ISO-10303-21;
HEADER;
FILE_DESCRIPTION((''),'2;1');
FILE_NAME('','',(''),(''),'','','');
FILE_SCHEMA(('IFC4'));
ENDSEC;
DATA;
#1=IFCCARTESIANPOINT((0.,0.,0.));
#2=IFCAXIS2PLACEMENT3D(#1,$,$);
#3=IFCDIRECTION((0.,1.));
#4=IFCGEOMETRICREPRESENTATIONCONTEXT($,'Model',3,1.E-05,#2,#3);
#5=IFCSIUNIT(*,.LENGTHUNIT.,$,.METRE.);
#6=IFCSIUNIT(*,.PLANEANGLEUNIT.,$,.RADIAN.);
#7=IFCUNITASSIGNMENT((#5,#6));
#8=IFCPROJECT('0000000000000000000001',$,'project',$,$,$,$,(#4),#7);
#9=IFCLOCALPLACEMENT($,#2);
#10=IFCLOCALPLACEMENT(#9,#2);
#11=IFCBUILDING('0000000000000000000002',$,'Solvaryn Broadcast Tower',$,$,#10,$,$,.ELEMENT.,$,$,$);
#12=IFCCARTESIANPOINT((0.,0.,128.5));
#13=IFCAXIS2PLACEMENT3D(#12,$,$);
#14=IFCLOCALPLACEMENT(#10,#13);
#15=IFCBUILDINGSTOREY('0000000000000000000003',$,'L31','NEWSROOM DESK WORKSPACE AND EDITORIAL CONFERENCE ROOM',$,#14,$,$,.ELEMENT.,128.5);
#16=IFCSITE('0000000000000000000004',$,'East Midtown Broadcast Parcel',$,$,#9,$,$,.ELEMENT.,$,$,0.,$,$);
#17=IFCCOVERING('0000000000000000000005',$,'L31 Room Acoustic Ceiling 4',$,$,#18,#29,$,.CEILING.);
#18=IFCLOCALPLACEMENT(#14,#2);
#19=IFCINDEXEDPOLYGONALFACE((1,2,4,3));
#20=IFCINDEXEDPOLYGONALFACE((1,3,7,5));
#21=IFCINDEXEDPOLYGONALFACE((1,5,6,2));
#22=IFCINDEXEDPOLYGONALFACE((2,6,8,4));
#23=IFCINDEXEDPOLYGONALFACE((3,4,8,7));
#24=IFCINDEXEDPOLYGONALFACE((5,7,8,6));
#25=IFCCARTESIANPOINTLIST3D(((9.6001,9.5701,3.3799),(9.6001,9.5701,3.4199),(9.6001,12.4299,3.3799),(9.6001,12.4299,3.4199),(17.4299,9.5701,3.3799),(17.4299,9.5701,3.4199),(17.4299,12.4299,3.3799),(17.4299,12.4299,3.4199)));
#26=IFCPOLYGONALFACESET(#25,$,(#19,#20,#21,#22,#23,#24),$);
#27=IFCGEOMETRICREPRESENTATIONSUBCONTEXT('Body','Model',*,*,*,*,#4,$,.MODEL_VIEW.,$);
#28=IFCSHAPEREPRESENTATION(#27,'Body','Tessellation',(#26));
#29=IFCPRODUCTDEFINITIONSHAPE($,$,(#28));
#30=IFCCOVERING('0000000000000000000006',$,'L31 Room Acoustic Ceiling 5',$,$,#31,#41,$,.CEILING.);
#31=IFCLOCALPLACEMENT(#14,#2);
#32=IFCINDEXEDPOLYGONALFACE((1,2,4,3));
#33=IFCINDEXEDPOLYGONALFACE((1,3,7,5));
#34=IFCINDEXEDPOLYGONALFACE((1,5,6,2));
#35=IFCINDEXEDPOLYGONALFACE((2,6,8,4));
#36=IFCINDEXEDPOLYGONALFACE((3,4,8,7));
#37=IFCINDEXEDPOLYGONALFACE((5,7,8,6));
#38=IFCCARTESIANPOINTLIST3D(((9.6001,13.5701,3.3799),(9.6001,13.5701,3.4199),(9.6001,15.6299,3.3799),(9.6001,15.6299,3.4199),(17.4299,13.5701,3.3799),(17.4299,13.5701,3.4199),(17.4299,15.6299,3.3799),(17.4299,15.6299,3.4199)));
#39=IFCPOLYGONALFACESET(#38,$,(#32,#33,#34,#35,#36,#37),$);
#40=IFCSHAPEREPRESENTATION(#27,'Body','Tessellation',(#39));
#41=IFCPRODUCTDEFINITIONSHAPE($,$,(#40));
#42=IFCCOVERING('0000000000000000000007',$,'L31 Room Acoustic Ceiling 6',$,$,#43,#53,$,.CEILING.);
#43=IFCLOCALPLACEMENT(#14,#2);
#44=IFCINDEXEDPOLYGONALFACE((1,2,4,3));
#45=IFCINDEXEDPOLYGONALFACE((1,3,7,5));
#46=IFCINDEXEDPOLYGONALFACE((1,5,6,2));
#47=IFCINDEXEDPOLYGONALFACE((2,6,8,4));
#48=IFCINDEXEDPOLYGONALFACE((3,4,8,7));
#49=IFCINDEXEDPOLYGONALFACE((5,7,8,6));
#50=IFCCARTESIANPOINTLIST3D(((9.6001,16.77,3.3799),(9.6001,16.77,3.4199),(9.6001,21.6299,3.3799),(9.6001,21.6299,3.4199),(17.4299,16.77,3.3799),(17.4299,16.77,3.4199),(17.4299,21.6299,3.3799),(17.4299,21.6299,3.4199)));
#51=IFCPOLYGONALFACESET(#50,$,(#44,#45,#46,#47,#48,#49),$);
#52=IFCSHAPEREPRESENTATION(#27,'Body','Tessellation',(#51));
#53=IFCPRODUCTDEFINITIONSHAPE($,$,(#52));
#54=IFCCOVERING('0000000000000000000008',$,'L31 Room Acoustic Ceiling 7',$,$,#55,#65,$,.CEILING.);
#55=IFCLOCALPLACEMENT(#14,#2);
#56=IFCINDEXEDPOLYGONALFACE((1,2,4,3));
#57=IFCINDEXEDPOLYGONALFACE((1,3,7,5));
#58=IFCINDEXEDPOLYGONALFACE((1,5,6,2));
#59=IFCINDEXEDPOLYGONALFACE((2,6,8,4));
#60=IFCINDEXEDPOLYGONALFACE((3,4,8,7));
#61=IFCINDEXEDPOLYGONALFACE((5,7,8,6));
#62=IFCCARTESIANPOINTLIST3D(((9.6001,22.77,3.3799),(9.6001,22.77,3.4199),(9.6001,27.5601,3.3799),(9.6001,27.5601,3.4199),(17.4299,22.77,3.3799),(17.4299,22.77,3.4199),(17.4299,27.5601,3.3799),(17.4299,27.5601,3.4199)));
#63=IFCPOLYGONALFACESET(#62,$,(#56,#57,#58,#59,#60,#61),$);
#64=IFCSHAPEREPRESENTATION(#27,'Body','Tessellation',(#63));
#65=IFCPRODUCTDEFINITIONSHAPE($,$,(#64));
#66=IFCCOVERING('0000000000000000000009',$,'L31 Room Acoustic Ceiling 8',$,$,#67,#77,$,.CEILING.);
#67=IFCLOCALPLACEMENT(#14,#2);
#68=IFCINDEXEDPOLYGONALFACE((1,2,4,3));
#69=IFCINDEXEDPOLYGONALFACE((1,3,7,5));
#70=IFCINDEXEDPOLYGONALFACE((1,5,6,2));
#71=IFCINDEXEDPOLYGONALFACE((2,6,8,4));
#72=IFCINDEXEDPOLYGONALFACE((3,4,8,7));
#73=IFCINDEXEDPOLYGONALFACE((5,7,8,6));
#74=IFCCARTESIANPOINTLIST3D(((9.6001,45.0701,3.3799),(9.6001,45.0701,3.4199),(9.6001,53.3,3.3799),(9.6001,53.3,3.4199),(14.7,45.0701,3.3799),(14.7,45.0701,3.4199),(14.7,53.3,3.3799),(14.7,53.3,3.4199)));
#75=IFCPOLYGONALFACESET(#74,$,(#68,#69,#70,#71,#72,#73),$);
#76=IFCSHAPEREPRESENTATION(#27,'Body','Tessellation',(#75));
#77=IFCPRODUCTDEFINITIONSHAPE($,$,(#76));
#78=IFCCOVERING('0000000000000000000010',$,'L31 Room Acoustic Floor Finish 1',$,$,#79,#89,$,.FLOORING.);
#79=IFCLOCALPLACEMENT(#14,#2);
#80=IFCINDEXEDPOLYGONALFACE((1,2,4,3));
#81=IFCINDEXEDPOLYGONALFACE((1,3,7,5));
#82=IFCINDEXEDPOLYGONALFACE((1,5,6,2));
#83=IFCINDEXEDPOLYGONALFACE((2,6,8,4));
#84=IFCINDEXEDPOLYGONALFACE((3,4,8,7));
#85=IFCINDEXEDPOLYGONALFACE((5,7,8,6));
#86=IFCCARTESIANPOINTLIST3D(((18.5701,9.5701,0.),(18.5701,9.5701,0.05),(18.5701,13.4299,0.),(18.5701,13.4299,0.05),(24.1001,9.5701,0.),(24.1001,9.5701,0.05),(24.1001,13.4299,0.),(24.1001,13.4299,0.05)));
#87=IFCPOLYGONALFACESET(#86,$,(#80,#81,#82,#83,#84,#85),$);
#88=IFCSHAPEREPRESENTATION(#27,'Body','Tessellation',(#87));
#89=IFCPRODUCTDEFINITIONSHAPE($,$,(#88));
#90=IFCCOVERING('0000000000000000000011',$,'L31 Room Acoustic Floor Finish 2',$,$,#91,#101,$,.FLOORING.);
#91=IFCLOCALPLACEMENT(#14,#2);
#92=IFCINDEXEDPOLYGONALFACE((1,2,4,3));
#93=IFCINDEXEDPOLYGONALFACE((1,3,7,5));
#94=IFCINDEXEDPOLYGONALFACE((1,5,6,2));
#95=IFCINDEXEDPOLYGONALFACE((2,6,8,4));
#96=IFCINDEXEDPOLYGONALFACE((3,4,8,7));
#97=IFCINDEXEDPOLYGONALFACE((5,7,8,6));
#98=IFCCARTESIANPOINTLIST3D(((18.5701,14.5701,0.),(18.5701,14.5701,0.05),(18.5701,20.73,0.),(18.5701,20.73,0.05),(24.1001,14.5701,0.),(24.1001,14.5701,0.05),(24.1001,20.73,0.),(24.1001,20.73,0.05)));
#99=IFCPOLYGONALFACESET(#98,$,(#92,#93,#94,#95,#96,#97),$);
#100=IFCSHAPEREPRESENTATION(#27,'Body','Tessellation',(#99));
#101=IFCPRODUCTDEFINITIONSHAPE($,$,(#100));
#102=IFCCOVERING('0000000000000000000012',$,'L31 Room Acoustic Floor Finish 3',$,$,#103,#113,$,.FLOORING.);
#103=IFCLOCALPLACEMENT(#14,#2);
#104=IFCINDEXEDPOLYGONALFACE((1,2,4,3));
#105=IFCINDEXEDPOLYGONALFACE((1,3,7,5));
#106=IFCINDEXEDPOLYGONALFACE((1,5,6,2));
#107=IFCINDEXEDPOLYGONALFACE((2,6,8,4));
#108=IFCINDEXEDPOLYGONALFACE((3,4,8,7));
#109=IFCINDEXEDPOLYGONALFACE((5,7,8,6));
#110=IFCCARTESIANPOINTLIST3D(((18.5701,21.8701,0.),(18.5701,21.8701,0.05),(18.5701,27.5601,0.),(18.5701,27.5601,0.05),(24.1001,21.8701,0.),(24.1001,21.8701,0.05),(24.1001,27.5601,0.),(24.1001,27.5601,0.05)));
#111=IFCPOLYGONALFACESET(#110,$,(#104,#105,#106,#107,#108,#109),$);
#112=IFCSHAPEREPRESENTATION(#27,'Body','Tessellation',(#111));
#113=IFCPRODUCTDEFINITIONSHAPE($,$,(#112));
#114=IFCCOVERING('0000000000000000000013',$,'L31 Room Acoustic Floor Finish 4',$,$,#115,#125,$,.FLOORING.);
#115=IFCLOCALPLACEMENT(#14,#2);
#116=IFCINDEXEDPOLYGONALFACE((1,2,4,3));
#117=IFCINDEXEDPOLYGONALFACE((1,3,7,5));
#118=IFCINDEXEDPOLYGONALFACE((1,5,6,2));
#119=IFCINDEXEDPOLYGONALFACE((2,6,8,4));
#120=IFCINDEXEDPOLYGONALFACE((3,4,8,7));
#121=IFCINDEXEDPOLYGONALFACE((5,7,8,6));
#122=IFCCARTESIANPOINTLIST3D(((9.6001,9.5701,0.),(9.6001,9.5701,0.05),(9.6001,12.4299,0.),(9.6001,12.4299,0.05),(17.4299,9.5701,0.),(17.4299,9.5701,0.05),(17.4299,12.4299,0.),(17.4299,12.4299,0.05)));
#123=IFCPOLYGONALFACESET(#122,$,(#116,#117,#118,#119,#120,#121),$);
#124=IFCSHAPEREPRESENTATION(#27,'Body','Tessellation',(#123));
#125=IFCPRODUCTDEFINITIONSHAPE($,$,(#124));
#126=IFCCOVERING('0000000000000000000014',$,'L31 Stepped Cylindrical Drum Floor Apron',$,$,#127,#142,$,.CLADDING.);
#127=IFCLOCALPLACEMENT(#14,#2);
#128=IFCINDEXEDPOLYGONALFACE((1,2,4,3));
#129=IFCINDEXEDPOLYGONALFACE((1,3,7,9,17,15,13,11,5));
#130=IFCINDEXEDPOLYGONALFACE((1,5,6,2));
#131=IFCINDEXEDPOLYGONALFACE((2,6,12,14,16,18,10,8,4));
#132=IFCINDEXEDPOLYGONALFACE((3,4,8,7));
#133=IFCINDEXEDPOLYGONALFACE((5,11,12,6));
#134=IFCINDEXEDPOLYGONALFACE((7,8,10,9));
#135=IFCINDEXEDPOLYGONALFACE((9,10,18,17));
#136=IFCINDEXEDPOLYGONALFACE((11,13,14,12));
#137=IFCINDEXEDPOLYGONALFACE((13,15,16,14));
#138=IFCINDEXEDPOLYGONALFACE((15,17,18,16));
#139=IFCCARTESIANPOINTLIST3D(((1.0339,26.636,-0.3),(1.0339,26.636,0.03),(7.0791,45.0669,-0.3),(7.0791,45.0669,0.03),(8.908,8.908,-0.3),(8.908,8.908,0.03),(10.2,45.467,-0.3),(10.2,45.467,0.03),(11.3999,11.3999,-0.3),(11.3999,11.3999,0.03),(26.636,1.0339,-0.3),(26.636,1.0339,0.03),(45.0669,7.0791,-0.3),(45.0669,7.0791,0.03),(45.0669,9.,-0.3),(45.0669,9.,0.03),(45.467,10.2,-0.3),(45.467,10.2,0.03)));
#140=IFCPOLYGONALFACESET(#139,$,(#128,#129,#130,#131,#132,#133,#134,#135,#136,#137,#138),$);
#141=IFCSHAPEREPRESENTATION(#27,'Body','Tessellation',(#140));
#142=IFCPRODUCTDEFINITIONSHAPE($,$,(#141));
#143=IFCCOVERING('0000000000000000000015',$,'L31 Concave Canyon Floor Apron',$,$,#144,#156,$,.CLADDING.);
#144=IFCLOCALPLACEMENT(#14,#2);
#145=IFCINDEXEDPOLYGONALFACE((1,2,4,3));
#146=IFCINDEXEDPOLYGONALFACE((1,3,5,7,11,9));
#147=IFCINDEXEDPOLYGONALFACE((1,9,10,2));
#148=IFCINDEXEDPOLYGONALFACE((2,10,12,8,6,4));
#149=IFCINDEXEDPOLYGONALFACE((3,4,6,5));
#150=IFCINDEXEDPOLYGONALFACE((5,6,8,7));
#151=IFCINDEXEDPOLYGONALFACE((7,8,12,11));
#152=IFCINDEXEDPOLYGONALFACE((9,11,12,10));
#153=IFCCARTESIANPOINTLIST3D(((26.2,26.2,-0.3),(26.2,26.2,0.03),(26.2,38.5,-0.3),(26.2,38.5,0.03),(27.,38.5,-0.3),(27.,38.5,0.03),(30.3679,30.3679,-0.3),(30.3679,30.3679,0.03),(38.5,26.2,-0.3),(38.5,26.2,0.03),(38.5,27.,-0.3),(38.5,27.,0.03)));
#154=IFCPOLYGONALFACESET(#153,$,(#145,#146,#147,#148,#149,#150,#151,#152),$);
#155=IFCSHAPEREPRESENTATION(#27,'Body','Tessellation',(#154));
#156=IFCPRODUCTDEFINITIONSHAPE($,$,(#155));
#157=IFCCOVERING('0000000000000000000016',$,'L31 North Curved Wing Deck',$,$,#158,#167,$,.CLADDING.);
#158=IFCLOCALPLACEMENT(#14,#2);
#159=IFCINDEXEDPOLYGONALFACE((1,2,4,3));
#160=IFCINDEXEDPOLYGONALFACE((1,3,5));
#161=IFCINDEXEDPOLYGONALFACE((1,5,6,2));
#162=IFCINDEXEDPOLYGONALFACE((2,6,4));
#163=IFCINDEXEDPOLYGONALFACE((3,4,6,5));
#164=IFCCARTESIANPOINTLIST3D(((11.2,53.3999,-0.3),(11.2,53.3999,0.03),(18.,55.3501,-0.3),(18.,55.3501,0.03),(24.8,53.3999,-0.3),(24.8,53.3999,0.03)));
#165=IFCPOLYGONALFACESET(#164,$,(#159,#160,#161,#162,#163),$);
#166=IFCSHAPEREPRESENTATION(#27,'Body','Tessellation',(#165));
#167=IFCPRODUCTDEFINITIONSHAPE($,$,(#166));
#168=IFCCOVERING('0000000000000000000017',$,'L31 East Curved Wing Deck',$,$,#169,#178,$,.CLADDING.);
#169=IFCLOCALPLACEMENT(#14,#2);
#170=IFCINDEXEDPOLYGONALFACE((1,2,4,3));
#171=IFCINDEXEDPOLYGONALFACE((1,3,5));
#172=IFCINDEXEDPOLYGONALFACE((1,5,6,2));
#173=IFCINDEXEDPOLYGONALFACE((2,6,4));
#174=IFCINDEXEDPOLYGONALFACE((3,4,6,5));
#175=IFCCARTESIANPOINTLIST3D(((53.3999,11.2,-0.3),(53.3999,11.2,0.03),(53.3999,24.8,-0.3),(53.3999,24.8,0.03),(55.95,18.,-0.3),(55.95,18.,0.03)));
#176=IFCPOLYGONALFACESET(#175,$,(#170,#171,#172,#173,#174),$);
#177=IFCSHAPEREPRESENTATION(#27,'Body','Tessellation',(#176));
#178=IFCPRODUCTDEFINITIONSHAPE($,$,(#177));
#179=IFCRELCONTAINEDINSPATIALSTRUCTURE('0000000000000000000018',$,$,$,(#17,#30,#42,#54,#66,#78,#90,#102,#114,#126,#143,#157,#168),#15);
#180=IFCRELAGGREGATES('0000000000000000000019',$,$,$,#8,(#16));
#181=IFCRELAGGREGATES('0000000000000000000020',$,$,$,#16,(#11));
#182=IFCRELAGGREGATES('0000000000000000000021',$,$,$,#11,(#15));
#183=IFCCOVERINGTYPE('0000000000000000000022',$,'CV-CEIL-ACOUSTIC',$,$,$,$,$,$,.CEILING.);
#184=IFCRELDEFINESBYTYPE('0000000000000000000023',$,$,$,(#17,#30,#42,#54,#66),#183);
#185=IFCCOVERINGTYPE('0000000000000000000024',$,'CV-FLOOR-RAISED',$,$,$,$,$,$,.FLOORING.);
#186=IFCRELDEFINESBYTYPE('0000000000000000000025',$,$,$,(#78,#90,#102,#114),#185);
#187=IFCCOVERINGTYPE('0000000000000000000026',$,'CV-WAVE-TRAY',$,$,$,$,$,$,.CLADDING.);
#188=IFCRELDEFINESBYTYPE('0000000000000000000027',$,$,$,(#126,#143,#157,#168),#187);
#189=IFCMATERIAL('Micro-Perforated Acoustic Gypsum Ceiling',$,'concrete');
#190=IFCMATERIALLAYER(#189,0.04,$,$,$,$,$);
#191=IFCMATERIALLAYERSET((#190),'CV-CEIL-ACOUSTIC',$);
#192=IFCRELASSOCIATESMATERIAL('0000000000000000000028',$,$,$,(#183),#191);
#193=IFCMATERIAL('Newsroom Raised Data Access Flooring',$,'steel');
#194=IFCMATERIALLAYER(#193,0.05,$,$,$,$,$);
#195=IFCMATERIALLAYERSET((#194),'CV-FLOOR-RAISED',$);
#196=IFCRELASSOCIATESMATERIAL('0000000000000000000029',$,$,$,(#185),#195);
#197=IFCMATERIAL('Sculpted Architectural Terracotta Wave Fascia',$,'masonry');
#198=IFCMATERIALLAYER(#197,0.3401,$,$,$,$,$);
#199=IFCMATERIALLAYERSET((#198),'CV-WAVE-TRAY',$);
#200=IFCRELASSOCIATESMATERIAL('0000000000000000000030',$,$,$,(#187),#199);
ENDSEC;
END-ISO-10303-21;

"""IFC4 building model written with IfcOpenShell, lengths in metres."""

from ifc_helpers import new_model, si_unit, direction, frame, origin, place, context, subcontext, project, spatial, polyline, outline, extrude, material, layer, layer_set, type_object, element, save


model = new_model("IFC4")

# Units and contexts
model_context = context("Model", 3, precision=1e-05, world=origin(), true_north=direction((0.0, 1.0)))
body_context = subcontext(model_context, "Body", "Model", "MODEL_VIEW")
ifc_project = project(units=[si_unit("LENGTHUNIT", "METRE"), si_unit("PLANEANGLEUNIT", "RADIAN")], contexts=[model_context])

# Site, building, storey
site_placement = place(None, origin())
site = spatial("IfcSite", under=ifc_project, at=site_placement, Name="East Midtown Broadcast Parcel", CompositionType="ELEMENT", RefElevation=0.0)
building_placement = place(site_placement, origin())
building = spatial("IfcBuilding", under=site, at=building_placement, Name="Solvaryn Broadcast Tower", CompositionType="ELEMENT")
storey_placement = place(building_placement, frame((0.0, 0.0, 128.5)))
storey = spatial("IfcBuildingStorey", under=building, at=storey_placement, Name="L31", Description="NEWSROOM DESK WORKSPACE AND EDITORIAL CONFERENCE ROOM", CompositionType="ELEMENT", Elevation=128.5)

# Coverings
ifc_material_1 = material(Name="Micro-Perforated Acoustic Gypsum Ceiling", Category="concrete")
ifc_layer_1 = layer(ifc_material_1, 0.04)
ifc_layer_set_1 = layer_set([ifc_layer_1], Name="CV-CEIL-ACOUSTIC")
covering_type_1 = type_object("IfcCoveringType", Name="CV-CEIL-ACOUSTIC", PredefinedType="CEILING", material=ifc_layer_set_1)
covering_1_placement = place(storey_placement, frame((0.0, 0.0, 3.3799)))
element("IfcCovering", 1, at=covering_1_placement, inside=storey, type_object=covering_type_1, Name="L31 Room Acoustic Ceiling 4", PredefinedType="CEILING", context=body_context, shape_type="SweptSolid", body=[
    extrude(outline(polyline([(9.6001, 9.5701), (17.4299, 9.5701), (17.4299, 12.4299), (9.6001, 12.4299), (9.6001, 9.5701)])), origin(), (0.0, 0.0, 1.0), 0.04),
])
covering_2_placement = place(storey_placement, frame((0.0, 0.0, 3.3799)))
element("IfcCovering", 2, at=covering_2_placement, inside=storey, type_object=covering_type_1, Name="L31 Room Acoustic Ceiling 5", PredefinedType="CEILING", context=body_context, shape_type="SweptSolid", body=[
    extrude(outline(polyline([(9.6001, 13.5701), (17.4299, 13.5701), (17.4299, 15.6299), (9.6001, 15.6299), (9.6001, 13.5701)])), origin(), (0.0, 0.0, 1.0), 0.04),
])
covering_3_placement = place(storey_placement, frame((0.0, 0.0, 3.3799)))
element("IfcCovering", 3, at=covering_3_placement, inside=storey, type_object=covering_type_1, Name="L31 Room Acoustic Ceiling 6", PredefinedType="CEILING", context=body_context, shape_type="SweptSolid", body=[
    extrude(outline(polyline([(9.6001, 16.77), (17.4299, 16.77), (17.4299, 21.6299), (9.6001, 21.6299), (9.6001, 16.77)])), origin(), (0.0, 0.0, 1.0), 0.04),
])
covering_4_placement = place(storey_placement, frame((0.0, 0.0, 3.3799)))
element("IfcCovering", 4, at=covering_4_placement, inside=storey, type_object=covering_type_1, Name="L31 Room Acoustic Ceiling 7", PredefinedType="CEILING", context=body_context, shape_type="SweptSolid", body=[
    extrude(outline(polyline([(9.6001, 22.77), (17.4299, 22.77), (17.4299, 27.5601), (9.6001, 27.5601), (9.6001, 22.77)])), origin(), (0.0, 0.0, 1.0), 0.04),
])
covering_5_placement = place(storey_placement, frame((0.0, 0.0, 3.3799)))
element("IfcCovering", 5, at=covering_5_placement, inside=storey, type_object=covering_type_1, Name="L31 Room Acoustic Ceiling 8", PredefinedType="CEILING", context=body_context, shape_type="SweptSolid", body=[
    extrude(outline(polyline([(9.6001, 45.0701), (14.7, 45.0701), (14.7, 53.3), (9.6001, 53.3), (9.6001, 45.0701)])), origin(), (0.0, 0.0, 1.0), 0.04),
])
ifc_material_2 = material(Name="Newsroom Raised Data Access Flooring", Category="steel")
ifc_layer_2 = layer(ifc_material_2, 0.05)
ifc_layer_set_2 = layer_set([ifc_layer_2], Name="CV-FLOOR-RAISED")
covering_type_2 = type_object("IfcCoveringType", Name="CV-FLOOR-RAISED", PredefinedType="FLOORING", material=ifc_layer_set_2)
covering_6_placement = place(storey_placement, origin())
element("IfcCovering", 6, at=covering_6_placement, inside=storey, type_object=covering_type_2, Name="L31 Room Acoustic Floor Finish 1", PredefinedType="FLOORING", context=body_context, shape_type="SweptSolid", body=[
    extrude(outline(polyline([(18.5701, 9.5701), (24.1001, 9.5701), (24.1001, 13.4299), (18.5701, 13.4299), (18.5701, 9.5701)])), origin(), (0.0, 0.0, 1.0), 0.05),
])
covering_7_placement = place(storey_placement, origin())
element("IfcCovering", 7, at=covering_7_placement, inside=storey, type_object=covering_type_2, Name="L31 Room Acoustic Floor Finish 2", PredefinedType="FLOORING", context=body_context, shape_type="SweptSolid", body=[
    extrude(outline(polyline([(18.5701, 14.5701), (24.1001, 14.5701), (24.1001, 20.73), (18.5701, 20.73), (18.5701, 14.5701)])), origin(), (0.0, 0.0, 1.0), 0.05),
])
covering_8_placement = place(storey_placement, origin())
element("IfcCovering", 8, at=covering_8_placement, inside=storey, type_object=covering_type_2, Name="L31 Room Acoustic Floor Finish 3", PredefinedType="FLOORING", context=body_context, shape_type="SweptSolid", body=[
    extrude(outline(polyline([(18.5701, 21.8701), (24.1001, 21.8701), (24.1001, 27.5601), (18.5701, 27.5601), (18.5701, 21.8701)])), origin(), (0.0, 0.0, 1.0), 0.05),
])
covering_9_placement = place(storey_placement, origin())
element("IfcCovering", 9, at=covering_9_placement, inside=storey, type_object=covering_type_2, Name="L31 Room Acoustic Floor Finish 4", PredefinedType="FLOORING", context=body_context, shape_type="SweptSolid", body=[
    extrude(outline(polyline([(9.6001, 9.5701), (17.4299, 9.5701), (17.4299, 12.4299), (9.6001, 12.4299), (9.6001, 9.5701)])), origin(), (0.0, 0.0, 1.0), 0.05),
])
ifc_material_3 = material(Name="Sculpted Architectural Terracotta Wave Fascia", Category="masonry")
ifc_layer_3 = layer(ifc_material_3, 0.3401)
ifc_layer_set_3 = layer_set([ifc_layer_3], Name="CV-WAVE-TRAY")
covering_type_3 = type_object("IfcCoveringType", Name="CV-WAVE-TRAY", PredefinedType="CLADDING", material=ifc_layer_set_3)
covering_10_placement = place(storey_placement, frame((0.0, 0.0, -0.3)))
element("IfcCovering", 10, at=covering_10_placement, inside=storey, type_object=covering_type_3, Name="L31 Stepped Cylindrical Drum Floor Apron", PredefinedType="CLADDING", context=body_context, shape_type="SweptSolid", body=[
    extrude(outline(polyline([(10.2, 45.467), (7.0791, 45.0669), (1.0339, 26.636), (8.908, 8.908), (26.636, 1.0339), (45.0669, 7.0791), (45.0669, 9.0), (45.467, 10.2), (11.3999, 11.3999), (10.2, 45.467)])), origin(), (0.0, 0.0, 1.0), 0.3301),
])
covering_11_placement = place(storey_placement, frame((0.0, 0.0, -0.3)))
element("IfcCovering", 11, at=covering_11_placement, inside=storey, type_object=covering_type_3, Name="L31 Concave Canyon Floor Apron", PredefinedType="CLADDING", context=body_context, shape_type="SweptSolid", body=[
    extrude(outline(polyline([(26.2, 26.2), (38.5, 26.2), (38.5, 27.0), (30.3679, 30.3679), (27.0, 38.5), (26.2, 38.5), (26.2, 26.2)])), origin(), (0.0, 0.0, 1.0), 0.3301),
])
covering_12_placement = place(storey_placement, frame((0.0, 0.0, -0.3)))
element("IfcCovering", 12, at=covering_12_placement, inside=storey, type_object=covering_type_3, Name="L31 North Curved Wing Deck", PredefinedType="CLADDING", context=body_context, shape_type="SweptSolid", body=[
    extrude(outline(polyline([(11.2, 53.3999), (24.8, 53.3999), (18.0, 55.3501), (11.2, 53.3999)])), origin(), (0.0, 0.0, 1.0), 0.3301),
])
covering_13_placement = place(storey_placement, frame((0.0, 0.0, -0.3)))
element("IfcCovering", 13, at=covering_13_placement, inside=storey, type_object=covering_type_3, Name="L31 East Curved Wing Deck", PredefinedType="CLADDING", context=body_context, shape_type="SweptSolid", body=[
    extrude(outline(polyline([(53.3999, 11.2), (55.95, 18.0), (53.3999, 24.8), (53.3999, 11.2)])), origin(), (0.0, 0.0, 1.0), 0.3301),
])

save(model, "model.ifc")
